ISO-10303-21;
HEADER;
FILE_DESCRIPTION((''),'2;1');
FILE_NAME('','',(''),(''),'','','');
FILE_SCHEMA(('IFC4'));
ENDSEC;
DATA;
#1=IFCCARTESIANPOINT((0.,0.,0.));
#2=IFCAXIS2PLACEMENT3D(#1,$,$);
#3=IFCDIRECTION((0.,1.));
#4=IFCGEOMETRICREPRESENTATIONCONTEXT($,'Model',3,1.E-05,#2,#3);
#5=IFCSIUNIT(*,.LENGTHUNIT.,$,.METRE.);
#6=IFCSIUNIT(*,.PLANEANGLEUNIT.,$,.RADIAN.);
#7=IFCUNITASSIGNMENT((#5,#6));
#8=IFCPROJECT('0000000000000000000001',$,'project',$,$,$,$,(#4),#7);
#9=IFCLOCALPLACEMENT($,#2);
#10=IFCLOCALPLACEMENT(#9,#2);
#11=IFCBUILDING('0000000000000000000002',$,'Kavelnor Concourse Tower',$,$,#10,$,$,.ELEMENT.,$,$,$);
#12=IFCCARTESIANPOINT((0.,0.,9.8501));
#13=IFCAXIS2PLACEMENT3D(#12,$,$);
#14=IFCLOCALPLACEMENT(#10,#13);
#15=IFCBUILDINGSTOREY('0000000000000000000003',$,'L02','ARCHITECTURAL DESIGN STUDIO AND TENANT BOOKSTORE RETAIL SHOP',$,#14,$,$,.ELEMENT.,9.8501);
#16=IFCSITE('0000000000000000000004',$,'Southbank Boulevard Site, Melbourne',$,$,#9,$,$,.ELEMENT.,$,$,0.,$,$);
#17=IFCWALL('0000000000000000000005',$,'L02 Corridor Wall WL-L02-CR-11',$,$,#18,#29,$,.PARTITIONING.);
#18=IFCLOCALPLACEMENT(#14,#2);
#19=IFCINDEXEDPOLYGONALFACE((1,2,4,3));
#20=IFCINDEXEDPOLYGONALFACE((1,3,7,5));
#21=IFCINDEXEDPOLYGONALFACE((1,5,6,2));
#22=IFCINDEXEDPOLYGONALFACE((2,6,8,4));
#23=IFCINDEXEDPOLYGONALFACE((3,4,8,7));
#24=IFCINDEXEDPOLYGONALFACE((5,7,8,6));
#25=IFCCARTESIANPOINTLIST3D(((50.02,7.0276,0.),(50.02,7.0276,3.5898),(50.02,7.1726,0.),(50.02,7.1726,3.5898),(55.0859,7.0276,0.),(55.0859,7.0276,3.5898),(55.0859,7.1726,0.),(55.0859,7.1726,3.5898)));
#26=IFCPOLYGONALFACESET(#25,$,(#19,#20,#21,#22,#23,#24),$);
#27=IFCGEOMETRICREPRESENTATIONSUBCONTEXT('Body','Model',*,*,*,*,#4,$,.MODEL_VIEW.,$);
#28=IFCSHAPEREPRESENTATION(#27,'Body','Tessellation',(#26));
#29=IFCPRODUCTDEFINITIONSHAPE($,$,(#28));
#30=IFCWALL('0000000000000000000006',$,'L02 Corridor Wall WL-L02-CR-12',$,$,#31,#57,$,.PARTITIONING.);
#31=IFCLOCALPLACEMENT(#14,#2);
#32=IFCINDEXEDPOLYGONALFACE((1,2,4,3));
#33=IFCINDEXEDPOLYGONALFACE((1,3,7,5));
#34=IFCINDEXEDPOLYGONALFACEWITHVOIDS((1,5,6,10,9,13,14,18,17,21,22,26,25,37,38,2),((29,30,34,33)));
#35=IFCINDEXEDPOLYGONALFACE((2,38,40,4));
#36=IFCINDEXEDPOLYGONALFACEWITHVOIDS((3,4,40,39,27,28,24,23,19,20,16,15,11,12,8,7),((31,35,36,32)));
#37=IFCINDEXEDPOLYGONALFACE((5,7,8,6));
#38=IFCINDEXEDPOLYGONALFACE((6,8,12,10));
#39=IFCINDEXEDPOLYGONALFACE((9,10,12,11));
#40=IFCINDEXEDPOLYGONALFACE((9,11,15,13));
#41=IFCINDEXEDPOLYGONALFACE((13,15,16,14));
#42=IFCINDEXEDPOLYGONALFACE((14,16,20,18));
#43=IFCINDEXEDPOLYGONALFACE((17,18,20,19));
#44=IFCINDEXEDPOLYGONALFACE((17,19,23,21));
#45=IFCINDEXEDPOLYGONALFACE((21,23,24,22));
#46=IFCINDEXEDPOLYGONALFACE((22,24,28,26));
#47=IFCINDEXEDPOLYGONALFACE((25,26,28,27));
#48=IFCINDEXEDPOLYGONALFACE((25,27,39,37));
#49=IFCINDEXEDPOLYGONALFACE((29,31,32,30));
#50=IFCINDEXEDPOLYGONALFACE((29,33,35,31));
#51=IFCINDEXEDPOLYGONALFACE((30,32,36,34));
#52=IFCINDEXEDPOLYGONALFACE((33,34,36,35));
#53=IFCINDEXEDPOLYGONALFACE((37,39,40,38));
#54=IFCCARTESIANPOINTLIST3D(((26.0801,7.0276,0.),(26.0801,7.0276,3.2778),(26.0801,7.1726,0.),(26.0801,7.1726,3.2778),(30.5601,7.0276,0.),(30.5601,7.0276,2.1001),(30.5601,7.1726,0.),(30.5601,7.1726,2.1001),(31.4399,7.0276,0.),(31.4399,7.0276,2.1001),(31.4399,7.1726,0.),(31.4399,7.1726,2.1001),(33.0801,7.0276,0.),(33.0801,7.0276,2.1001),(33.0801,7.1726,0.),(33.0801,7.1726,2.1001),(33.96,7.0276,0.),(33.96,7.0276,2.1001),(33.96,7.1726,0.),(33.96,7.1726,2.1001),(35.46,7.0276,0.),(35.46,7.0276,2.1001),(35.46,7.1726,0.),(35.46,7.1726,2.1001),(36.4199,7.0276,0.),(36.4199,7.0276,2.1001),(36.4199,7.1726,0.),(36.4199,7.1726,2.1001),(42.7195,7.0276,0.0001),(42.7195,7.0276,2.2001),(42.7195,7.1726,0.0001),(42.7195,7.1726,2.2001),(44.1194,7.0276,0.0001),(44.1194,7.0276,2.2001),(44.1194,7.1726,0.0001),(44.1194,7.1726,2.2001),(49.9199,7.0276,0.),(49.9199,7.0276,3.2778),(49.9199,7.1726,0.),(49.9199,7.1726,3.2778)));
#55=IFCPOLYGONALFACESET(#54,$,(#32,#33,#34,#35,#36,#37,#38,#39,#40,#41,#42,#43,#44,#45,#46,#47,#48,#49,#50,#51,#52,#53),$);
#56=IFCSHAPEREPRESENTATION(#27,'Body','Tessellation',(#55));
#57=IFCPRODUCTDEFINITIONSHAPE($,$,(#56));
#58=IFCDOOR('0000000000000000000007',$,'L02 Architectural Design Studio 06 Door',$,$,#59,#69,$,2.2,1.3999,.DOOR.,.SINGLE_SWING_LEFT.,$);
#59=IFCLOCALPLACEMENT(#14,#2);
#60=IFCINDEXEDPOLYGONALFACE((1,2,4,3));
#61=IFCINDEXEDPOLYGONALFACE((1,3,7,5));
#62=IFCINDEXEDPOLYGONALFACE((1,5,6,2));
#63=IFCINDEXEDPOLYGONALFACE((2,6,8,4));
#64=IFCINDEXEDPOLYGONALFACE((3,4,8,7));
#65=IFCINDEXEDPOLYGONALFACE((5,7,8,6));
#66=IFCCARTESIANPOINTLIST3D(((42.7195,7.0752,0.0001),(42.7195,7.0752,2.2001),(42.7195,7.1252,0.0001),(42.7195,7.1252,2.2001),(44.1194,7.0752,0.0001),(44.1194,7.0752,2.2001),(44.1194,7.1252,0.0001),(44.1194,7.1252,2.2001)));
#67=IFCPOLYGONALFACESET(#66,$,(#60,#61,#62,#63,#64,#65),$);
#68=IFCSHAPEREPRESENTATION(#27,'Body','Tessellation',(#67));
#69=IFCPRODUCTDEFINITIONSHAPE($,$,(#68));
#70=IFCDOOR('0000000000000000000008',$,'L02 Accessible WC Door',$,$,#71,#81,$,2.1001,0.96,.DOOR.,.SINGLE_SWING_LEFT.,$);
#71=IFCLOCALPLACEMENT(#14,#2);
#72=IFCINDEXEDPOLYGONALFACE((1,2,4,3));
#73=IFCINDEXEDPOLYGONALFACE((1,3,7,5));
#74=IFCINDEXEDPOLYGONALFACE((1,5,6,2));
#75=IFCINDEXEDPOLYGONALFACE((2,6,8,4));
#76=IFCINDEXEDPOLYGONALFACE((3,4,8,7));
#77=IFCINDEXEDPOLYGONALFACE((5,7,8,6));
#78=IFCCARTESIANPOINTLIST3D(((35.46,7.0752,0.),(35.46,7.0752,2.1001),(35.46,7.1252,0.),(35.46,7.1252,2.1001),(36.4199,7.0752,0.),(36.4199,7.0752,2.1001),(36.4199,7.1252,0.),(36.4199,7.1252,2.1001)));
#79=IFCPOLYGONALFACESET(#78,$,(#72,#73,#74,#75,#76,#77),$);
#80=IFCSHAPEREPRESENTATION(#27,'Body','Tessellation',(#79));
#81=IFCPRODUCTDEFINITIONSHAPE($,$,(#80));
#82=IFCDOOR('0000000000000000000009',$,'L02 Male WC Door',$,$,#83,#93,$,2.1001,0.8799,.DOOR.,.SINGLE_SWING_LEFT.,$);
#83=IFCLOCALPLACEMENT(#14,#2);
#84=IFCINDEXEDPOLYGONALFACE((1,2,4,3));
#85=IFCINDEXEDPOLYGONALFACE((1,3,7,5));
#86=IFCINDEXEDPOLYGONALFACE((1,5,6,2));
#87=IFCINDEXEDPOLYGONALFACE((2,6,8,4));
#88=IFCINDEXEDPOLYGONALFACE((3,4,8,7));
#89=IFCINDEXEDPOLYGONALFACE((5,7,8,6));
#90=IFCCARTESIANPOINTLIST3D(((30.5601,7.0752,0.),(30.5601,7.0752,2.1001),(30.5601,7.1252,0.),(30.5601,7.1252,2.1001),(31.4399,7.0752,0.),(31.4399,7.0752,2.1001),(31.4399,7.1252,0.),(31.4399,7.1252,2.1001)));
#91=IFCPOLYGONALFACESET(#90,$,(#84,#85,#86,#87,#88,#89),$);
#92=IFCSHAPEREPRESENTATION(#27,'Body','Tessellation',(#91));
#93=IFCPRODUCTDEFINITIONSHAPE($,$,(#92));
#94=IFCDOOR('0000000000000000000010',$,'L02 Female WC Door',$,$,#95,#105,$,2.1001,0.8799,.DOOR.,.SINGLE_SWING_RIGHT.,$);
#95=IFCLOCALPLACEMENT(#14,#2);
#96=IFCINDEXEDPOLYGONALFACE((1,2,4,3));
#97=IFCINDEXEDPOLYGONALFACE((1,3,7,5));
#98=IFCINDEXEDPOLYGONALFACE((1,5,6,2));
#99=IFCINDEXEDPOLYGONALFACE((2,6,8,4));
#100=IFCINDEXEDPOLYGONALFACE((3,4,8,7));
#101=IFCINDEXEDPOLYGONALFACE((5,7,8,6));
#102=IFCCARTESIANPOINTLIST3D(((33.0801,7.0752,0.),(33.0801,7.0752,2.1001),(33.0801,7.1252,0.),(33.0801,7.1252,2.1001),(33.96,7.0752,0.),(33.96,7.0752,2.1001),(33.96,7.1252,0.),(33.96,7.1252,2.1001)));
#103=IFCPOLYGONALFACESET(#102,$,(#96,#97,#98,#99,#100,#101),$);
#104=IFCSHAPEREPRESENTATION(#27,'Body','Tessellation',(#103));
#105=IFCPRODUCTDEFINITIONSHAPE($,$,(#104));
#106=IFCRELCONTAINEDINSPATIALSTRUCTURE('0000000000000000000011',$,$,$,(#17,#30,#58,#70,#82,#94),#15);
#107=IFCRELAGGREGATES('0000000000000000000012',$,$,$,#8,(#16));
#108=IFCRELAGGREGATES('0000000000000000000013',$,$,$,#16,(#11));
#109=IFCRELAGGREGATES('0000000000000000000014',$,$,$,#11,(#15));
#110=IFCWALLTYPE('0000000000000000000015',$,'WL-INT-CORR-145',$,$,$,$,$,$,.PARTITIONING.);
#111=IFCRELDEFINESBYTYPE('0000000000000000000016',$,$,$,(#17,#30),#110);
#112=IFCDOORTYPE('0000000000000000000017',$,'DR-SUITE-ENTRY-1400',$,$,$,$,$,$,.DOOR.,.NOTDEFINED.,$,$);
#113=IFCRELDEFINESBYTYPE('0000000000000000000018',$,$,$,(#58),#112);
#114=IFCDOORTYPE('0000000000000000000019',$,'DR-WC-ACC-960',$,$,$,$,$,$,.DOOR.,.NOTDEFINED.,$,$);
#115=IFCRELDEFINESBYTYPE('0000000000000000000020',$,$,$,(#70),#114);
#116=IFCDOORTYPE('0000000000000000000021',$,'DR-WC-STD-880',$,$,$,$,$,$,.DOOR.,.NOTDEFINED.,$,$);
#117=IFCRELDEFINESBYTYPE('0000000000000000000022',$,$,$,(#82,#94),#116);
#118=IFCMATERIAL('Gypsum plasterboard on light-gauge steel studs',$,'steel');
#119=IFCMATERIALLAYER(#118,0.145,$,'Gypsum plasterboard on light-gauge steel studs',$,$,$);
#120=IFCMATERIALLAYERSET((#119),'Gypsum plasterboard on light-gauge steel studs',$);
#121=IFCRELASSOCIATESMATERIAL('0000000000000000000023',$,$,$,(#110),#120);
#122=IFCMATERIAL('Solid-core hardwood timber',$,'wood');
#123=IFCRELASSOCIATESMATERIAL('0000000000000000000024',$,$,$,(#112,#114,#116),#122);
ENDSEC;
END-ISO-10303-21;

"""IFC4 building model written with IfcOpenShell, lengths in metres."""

from ifc_helpers import new_model, si_unit, direction, frame, frame_2d, origin, place, context, subcontext, project, spatial, rectangle, extrude, material, layer, layer_set, type_object, element, fill, save


model = new_model("IFC4")

# Units and contexts
model_context = context("Model", 3, precision=1e-05, world=origin(), true_north=direction((0.0, 1.0)))
body_context = subcontext(model_context, "Body", "Model", "MODEL_VIEW")
ifc_project = project(units=[si_unit("LENGTHUNIT", "METRE"), si_unit("PLANEANGLEUNIT", "RADIAN")], contexts=[model_context])

# Site, building, storey
site_placement = place(None, origin())
site = spatial("IfcSite", under=ifc_project, at=site_placement, Name="Southbank Boulevard Site, Melbourne", CompositionType="ELEMENT", RefElevation=0.0)
building_placement = place(site_placement, origin())
building = spatial("IfcBuilding", under=site, at=building_placement, Name="Kavelnor Concourse Tower", CompositionType="ELEMENT")
storey_placement = place(building_placement, frame((0.0, 0.0, 9.8501)))
storey = spatial("IfcBuildingStorey", under=building, at=storey_placement, Name="L02", Description="ARCHITECTURAL DESIGN STUDIO AND TENANT BOOKSTORE RETAIL SHOP", CompositionType="ELEMENT", Elevation=9.8501)

# Wall
ifc_material_1 = material(Name="Gypsum plasterboard on light-gauge steel studs", Category="steel")
ifc_layer_1 = layer(ifc_material_1, 0.145, Name="Gypsum plasterboard on light-gauge steel studs")
ifc_layer_set_1 = layer_set([ifc_layer_1], Name="Gypsum plasterboard on light-gauge steel studs")
wall_type_1 = type_object("IfcWallType", Name="WL-INT-CORR-145", PredefinedType="PARTITIONING", material=ifc_layer_set_1)
wall_1_placement = place(storey_placement, frame((55.0859, 7.1001, 0.0), z_axis=(0.0, 0.0, 1.0), x_axis=(-1.0, 0.0, 0.0)))
element("IfcWall", 1, at=wall_1_placement, inside=storey, type_object=wall_type_1, Name="L02 Corridor Wall WL-L02-CR-11", PredefinedType="PARTITIONING", context=body_context, shape_type="SweptSolid", body=[
    extrude(rectangle(XDim=5.0659, YDim=0.145, at=frame_2d((2.533, 0.0))), origin(), (0.0, 0.0, 1.0), 3.5898),
])

# Wall, openings, doors
wall_2_placement = place(storey_placement, frame((49.9199, 7.1001, 0.0), z_axis=(0.0, 0.0, 1.0), x_axis=(-1.0, 0.0, 0.0)))
wall_2 = element("IfcWall", 2, at=wall_2_placement, inside=storey, type_object=wall_type_1, Name="L02 Corridor Wall WL-L02-CR-12", PredefinedType="PARTITIONING", context=body_context, shape_type="SweptSolid", body=[
    extrude(rectangle(XDim=23.8398, YDim=0.145, at=frame_2d((11.9199, 0.0))), origin(), (0.0, 0.0, 1.0), 3.2778),
])
opening_1_placement = place(wall_2_placement, frame((18.48, 0.0, 0.0)))
opening_1 = element("IfcOpeningElement", 3, at=opening_1_placement, cuts=wall_2, PredefinedType="OPENING", context=body_context, shape_type="SweptSolid", body=[
    extrude(rectangle(XDim=0.8799, YDim=2.1001, at=frame_2d((0.4399, 1.05))), frame((0.0, 0.0825, 0.0), z_axis=(0.0, -1.0, 0.0), x_axis=(1.0, 0.0, 0.0)), (0.0, 0.0, 1.0), 0.165),
])
opening_2_placement = place(wall_2_placement, frame((15.96, 0.0, 0.0)))
opening_2 = element("IfcOpeningElement", 4, at=opening_2_placement, cuts=wall_2, PredefinedType="OPENING", context=body_context, shape_type="SweptSolid", body=[
    extrude(rectangle(XDim=0.8799, YDim=2.1001, at=frame_2d((0.4399, 1.05))), frame((0.0, 0.0825, 0.0), z_axis=(0.0, -1.0, 0.0), x_axis=(1.0, 0.0, 0.0)), (0.0, 0.0, 1.0), 0.165),
])
opening_3_placement = place(wall_2_placement, frame((13.5, 0.0, 0.0)))
opening_3 = element("IfcOpeningElement", 5, at=opening_3_placement, cuts=wall_2, PredefinedType="OPENING", context=body_context, shape_type="SweptSolid", body=[
    extrude(rectangle(XDim=0.96, YDim=2.1001, at=frame_2d((0.48, 1.05))), frame((0.0, 0.0825, 0.0), z_axis=(0.0, -1.0, 0.0), x_axis=(1.0, 0.0, 0.0)), (0.0, 0.0, 1.0), 0.165),
])
opening_4_placement = place(wall_2_placement, frame((5.8005, 0.0, 0.0)))
opening_4 = element("IfcOpeningElement", 6, at=opening_4_placement, cuts=wall_2, PredefinedType="OPENING", context=body_context, shape_type="SweptSolid", body=[
    extrude(rectangle(XDim=1.3999, YDim=2.2, at=frame_2d((0.7, 1.1001))), frame((0.0, 0.0825, 0.0), z_axis=(0.0, -1.0, 0.0), x_axis=(1.0, 0.0, 0.0)), (0.0, 0.0, 1.0), 0.165),
])
ifc_material_2 = material(Name="Solid-core hardwood timber", Category="wood")
door_type_1 = type_object("IfcDoorType", Name="DR-SUITE-ENTRY-1400", OperationType="NOTDEFINED", PredefinedType="DOOR", material=ifc_material_2)
door_1_placement = place(opening_4_placement, origin())
door_1 = element("IfcDoor", 7, at=door_1_placement, inside=storey, type_object=door_type_1, Name="L02 Architectural Design Studio 06 Door", OperationType="SINGLE_SWING_LEFT", OverallHeight=2.2, OverallWidth=1.3999, PredefinedType="DOOR", context=body_context, shape_type="SweptSolid", body=[
    extrude(rectangle(XDim=1.3999, YDim=2.2, at=frame_2d((0.7, 1.1001))), frame((0.0, 0.0249, 0.0), z_axis=(0.0, -1.0, 0.0), x_axis=(1.0, 0.0, 0.0)), (0.0, 0.0, 1.0), 0.05),
])
fill(opening_4, door_1)
door_type_2 = type_object("IfcDoorType", Name="DR-WC-ACC-960", OperationType="NOTDEFINED", PredefinedType="DOOR", material=ifc_material_2)
door_2_placement = place(opening_3_placement, origin())
door_2 = element("IfcDoor", 8, at=door_2_placement, inside=storey, type_object=door_type_2, Name="L02 Accessible WC Door", OperationType="SINGLE_SWING_LEFT", OverallHeight=2.1001, OverallWidth=0.96, PredefinedType="DOOR", context=body_context, shape_type="SweptSolid", body=[
    extrude(rectangle(XDim=0.96, YDim=2.1001, at=frame_2d((0.48, 1.05))), frame((0.0, 0.0249, 0.0), z_axis=(0.0, -1.0, 0.0), x_axis=(1.0, 0.0, 0.0)), (0.0, 0.0, 1.0), 0.05),
])
fill(opening_3, door_2)
door_type_3 = type_object("IfcDoorType", Name="DR-WC-STD-880", OperationType="NOTDEFINED", PredefinedType="DOOR", material=ifc_material_2)
door_3_placement = place(opening_1_placement, origin())
door_3 = element("IfcDoor", 9, at=door_3_placement, inside=storey, type_object=door_type_3, Name="L02 Male WC Door", OperationType="SINGLE_SWING_LEFT", OverallHeight=2.1001, OverallWidth=0.8799, PredefinedType="DOOR", context=body_context, shape_type="SweptSolid", body=[
    extrude(rectangle(XDim=0.8799, YDim=2.1001, at=frame_2d((0.4399, 1.05))), frame((0.0, 0.0249, 0.0), z_axis=(0.0, -1.0, 0.0), x_axis=(1.0, 0.0, 0.0)), (0.0, 0.0, 1.0), 0.05),
])
fill(opening_1, door_3)
door_4_placement = place(opening_2_placement, origin())
door_4 = element("IfcDoor", 10, at=door_4_placement, inside=storey, type_object=door_type_3, Name="L02 Female WC Door", OperationType="SINGLE_SWING_RIGHT", OverallHeight=2.1001, OverallWidth=0.8799, PredefinedType="DOOR", context=body_context, shape_type="SweptSolid", body=[
    extrude(rectangle(XDim=0.8799, YDim=2.1001, at=frame_2d((0.4399, 1.05))), frame((0.0, 0.0249, 0.0), z_axis=(0.0, -1.0, 0.0), x_axis=(1.0, 0.0, 0.0)), (0.0, 0.0, 1.0), 0.05),
])
fill(opening_2, door_4)

save(model, "model.ifc")
